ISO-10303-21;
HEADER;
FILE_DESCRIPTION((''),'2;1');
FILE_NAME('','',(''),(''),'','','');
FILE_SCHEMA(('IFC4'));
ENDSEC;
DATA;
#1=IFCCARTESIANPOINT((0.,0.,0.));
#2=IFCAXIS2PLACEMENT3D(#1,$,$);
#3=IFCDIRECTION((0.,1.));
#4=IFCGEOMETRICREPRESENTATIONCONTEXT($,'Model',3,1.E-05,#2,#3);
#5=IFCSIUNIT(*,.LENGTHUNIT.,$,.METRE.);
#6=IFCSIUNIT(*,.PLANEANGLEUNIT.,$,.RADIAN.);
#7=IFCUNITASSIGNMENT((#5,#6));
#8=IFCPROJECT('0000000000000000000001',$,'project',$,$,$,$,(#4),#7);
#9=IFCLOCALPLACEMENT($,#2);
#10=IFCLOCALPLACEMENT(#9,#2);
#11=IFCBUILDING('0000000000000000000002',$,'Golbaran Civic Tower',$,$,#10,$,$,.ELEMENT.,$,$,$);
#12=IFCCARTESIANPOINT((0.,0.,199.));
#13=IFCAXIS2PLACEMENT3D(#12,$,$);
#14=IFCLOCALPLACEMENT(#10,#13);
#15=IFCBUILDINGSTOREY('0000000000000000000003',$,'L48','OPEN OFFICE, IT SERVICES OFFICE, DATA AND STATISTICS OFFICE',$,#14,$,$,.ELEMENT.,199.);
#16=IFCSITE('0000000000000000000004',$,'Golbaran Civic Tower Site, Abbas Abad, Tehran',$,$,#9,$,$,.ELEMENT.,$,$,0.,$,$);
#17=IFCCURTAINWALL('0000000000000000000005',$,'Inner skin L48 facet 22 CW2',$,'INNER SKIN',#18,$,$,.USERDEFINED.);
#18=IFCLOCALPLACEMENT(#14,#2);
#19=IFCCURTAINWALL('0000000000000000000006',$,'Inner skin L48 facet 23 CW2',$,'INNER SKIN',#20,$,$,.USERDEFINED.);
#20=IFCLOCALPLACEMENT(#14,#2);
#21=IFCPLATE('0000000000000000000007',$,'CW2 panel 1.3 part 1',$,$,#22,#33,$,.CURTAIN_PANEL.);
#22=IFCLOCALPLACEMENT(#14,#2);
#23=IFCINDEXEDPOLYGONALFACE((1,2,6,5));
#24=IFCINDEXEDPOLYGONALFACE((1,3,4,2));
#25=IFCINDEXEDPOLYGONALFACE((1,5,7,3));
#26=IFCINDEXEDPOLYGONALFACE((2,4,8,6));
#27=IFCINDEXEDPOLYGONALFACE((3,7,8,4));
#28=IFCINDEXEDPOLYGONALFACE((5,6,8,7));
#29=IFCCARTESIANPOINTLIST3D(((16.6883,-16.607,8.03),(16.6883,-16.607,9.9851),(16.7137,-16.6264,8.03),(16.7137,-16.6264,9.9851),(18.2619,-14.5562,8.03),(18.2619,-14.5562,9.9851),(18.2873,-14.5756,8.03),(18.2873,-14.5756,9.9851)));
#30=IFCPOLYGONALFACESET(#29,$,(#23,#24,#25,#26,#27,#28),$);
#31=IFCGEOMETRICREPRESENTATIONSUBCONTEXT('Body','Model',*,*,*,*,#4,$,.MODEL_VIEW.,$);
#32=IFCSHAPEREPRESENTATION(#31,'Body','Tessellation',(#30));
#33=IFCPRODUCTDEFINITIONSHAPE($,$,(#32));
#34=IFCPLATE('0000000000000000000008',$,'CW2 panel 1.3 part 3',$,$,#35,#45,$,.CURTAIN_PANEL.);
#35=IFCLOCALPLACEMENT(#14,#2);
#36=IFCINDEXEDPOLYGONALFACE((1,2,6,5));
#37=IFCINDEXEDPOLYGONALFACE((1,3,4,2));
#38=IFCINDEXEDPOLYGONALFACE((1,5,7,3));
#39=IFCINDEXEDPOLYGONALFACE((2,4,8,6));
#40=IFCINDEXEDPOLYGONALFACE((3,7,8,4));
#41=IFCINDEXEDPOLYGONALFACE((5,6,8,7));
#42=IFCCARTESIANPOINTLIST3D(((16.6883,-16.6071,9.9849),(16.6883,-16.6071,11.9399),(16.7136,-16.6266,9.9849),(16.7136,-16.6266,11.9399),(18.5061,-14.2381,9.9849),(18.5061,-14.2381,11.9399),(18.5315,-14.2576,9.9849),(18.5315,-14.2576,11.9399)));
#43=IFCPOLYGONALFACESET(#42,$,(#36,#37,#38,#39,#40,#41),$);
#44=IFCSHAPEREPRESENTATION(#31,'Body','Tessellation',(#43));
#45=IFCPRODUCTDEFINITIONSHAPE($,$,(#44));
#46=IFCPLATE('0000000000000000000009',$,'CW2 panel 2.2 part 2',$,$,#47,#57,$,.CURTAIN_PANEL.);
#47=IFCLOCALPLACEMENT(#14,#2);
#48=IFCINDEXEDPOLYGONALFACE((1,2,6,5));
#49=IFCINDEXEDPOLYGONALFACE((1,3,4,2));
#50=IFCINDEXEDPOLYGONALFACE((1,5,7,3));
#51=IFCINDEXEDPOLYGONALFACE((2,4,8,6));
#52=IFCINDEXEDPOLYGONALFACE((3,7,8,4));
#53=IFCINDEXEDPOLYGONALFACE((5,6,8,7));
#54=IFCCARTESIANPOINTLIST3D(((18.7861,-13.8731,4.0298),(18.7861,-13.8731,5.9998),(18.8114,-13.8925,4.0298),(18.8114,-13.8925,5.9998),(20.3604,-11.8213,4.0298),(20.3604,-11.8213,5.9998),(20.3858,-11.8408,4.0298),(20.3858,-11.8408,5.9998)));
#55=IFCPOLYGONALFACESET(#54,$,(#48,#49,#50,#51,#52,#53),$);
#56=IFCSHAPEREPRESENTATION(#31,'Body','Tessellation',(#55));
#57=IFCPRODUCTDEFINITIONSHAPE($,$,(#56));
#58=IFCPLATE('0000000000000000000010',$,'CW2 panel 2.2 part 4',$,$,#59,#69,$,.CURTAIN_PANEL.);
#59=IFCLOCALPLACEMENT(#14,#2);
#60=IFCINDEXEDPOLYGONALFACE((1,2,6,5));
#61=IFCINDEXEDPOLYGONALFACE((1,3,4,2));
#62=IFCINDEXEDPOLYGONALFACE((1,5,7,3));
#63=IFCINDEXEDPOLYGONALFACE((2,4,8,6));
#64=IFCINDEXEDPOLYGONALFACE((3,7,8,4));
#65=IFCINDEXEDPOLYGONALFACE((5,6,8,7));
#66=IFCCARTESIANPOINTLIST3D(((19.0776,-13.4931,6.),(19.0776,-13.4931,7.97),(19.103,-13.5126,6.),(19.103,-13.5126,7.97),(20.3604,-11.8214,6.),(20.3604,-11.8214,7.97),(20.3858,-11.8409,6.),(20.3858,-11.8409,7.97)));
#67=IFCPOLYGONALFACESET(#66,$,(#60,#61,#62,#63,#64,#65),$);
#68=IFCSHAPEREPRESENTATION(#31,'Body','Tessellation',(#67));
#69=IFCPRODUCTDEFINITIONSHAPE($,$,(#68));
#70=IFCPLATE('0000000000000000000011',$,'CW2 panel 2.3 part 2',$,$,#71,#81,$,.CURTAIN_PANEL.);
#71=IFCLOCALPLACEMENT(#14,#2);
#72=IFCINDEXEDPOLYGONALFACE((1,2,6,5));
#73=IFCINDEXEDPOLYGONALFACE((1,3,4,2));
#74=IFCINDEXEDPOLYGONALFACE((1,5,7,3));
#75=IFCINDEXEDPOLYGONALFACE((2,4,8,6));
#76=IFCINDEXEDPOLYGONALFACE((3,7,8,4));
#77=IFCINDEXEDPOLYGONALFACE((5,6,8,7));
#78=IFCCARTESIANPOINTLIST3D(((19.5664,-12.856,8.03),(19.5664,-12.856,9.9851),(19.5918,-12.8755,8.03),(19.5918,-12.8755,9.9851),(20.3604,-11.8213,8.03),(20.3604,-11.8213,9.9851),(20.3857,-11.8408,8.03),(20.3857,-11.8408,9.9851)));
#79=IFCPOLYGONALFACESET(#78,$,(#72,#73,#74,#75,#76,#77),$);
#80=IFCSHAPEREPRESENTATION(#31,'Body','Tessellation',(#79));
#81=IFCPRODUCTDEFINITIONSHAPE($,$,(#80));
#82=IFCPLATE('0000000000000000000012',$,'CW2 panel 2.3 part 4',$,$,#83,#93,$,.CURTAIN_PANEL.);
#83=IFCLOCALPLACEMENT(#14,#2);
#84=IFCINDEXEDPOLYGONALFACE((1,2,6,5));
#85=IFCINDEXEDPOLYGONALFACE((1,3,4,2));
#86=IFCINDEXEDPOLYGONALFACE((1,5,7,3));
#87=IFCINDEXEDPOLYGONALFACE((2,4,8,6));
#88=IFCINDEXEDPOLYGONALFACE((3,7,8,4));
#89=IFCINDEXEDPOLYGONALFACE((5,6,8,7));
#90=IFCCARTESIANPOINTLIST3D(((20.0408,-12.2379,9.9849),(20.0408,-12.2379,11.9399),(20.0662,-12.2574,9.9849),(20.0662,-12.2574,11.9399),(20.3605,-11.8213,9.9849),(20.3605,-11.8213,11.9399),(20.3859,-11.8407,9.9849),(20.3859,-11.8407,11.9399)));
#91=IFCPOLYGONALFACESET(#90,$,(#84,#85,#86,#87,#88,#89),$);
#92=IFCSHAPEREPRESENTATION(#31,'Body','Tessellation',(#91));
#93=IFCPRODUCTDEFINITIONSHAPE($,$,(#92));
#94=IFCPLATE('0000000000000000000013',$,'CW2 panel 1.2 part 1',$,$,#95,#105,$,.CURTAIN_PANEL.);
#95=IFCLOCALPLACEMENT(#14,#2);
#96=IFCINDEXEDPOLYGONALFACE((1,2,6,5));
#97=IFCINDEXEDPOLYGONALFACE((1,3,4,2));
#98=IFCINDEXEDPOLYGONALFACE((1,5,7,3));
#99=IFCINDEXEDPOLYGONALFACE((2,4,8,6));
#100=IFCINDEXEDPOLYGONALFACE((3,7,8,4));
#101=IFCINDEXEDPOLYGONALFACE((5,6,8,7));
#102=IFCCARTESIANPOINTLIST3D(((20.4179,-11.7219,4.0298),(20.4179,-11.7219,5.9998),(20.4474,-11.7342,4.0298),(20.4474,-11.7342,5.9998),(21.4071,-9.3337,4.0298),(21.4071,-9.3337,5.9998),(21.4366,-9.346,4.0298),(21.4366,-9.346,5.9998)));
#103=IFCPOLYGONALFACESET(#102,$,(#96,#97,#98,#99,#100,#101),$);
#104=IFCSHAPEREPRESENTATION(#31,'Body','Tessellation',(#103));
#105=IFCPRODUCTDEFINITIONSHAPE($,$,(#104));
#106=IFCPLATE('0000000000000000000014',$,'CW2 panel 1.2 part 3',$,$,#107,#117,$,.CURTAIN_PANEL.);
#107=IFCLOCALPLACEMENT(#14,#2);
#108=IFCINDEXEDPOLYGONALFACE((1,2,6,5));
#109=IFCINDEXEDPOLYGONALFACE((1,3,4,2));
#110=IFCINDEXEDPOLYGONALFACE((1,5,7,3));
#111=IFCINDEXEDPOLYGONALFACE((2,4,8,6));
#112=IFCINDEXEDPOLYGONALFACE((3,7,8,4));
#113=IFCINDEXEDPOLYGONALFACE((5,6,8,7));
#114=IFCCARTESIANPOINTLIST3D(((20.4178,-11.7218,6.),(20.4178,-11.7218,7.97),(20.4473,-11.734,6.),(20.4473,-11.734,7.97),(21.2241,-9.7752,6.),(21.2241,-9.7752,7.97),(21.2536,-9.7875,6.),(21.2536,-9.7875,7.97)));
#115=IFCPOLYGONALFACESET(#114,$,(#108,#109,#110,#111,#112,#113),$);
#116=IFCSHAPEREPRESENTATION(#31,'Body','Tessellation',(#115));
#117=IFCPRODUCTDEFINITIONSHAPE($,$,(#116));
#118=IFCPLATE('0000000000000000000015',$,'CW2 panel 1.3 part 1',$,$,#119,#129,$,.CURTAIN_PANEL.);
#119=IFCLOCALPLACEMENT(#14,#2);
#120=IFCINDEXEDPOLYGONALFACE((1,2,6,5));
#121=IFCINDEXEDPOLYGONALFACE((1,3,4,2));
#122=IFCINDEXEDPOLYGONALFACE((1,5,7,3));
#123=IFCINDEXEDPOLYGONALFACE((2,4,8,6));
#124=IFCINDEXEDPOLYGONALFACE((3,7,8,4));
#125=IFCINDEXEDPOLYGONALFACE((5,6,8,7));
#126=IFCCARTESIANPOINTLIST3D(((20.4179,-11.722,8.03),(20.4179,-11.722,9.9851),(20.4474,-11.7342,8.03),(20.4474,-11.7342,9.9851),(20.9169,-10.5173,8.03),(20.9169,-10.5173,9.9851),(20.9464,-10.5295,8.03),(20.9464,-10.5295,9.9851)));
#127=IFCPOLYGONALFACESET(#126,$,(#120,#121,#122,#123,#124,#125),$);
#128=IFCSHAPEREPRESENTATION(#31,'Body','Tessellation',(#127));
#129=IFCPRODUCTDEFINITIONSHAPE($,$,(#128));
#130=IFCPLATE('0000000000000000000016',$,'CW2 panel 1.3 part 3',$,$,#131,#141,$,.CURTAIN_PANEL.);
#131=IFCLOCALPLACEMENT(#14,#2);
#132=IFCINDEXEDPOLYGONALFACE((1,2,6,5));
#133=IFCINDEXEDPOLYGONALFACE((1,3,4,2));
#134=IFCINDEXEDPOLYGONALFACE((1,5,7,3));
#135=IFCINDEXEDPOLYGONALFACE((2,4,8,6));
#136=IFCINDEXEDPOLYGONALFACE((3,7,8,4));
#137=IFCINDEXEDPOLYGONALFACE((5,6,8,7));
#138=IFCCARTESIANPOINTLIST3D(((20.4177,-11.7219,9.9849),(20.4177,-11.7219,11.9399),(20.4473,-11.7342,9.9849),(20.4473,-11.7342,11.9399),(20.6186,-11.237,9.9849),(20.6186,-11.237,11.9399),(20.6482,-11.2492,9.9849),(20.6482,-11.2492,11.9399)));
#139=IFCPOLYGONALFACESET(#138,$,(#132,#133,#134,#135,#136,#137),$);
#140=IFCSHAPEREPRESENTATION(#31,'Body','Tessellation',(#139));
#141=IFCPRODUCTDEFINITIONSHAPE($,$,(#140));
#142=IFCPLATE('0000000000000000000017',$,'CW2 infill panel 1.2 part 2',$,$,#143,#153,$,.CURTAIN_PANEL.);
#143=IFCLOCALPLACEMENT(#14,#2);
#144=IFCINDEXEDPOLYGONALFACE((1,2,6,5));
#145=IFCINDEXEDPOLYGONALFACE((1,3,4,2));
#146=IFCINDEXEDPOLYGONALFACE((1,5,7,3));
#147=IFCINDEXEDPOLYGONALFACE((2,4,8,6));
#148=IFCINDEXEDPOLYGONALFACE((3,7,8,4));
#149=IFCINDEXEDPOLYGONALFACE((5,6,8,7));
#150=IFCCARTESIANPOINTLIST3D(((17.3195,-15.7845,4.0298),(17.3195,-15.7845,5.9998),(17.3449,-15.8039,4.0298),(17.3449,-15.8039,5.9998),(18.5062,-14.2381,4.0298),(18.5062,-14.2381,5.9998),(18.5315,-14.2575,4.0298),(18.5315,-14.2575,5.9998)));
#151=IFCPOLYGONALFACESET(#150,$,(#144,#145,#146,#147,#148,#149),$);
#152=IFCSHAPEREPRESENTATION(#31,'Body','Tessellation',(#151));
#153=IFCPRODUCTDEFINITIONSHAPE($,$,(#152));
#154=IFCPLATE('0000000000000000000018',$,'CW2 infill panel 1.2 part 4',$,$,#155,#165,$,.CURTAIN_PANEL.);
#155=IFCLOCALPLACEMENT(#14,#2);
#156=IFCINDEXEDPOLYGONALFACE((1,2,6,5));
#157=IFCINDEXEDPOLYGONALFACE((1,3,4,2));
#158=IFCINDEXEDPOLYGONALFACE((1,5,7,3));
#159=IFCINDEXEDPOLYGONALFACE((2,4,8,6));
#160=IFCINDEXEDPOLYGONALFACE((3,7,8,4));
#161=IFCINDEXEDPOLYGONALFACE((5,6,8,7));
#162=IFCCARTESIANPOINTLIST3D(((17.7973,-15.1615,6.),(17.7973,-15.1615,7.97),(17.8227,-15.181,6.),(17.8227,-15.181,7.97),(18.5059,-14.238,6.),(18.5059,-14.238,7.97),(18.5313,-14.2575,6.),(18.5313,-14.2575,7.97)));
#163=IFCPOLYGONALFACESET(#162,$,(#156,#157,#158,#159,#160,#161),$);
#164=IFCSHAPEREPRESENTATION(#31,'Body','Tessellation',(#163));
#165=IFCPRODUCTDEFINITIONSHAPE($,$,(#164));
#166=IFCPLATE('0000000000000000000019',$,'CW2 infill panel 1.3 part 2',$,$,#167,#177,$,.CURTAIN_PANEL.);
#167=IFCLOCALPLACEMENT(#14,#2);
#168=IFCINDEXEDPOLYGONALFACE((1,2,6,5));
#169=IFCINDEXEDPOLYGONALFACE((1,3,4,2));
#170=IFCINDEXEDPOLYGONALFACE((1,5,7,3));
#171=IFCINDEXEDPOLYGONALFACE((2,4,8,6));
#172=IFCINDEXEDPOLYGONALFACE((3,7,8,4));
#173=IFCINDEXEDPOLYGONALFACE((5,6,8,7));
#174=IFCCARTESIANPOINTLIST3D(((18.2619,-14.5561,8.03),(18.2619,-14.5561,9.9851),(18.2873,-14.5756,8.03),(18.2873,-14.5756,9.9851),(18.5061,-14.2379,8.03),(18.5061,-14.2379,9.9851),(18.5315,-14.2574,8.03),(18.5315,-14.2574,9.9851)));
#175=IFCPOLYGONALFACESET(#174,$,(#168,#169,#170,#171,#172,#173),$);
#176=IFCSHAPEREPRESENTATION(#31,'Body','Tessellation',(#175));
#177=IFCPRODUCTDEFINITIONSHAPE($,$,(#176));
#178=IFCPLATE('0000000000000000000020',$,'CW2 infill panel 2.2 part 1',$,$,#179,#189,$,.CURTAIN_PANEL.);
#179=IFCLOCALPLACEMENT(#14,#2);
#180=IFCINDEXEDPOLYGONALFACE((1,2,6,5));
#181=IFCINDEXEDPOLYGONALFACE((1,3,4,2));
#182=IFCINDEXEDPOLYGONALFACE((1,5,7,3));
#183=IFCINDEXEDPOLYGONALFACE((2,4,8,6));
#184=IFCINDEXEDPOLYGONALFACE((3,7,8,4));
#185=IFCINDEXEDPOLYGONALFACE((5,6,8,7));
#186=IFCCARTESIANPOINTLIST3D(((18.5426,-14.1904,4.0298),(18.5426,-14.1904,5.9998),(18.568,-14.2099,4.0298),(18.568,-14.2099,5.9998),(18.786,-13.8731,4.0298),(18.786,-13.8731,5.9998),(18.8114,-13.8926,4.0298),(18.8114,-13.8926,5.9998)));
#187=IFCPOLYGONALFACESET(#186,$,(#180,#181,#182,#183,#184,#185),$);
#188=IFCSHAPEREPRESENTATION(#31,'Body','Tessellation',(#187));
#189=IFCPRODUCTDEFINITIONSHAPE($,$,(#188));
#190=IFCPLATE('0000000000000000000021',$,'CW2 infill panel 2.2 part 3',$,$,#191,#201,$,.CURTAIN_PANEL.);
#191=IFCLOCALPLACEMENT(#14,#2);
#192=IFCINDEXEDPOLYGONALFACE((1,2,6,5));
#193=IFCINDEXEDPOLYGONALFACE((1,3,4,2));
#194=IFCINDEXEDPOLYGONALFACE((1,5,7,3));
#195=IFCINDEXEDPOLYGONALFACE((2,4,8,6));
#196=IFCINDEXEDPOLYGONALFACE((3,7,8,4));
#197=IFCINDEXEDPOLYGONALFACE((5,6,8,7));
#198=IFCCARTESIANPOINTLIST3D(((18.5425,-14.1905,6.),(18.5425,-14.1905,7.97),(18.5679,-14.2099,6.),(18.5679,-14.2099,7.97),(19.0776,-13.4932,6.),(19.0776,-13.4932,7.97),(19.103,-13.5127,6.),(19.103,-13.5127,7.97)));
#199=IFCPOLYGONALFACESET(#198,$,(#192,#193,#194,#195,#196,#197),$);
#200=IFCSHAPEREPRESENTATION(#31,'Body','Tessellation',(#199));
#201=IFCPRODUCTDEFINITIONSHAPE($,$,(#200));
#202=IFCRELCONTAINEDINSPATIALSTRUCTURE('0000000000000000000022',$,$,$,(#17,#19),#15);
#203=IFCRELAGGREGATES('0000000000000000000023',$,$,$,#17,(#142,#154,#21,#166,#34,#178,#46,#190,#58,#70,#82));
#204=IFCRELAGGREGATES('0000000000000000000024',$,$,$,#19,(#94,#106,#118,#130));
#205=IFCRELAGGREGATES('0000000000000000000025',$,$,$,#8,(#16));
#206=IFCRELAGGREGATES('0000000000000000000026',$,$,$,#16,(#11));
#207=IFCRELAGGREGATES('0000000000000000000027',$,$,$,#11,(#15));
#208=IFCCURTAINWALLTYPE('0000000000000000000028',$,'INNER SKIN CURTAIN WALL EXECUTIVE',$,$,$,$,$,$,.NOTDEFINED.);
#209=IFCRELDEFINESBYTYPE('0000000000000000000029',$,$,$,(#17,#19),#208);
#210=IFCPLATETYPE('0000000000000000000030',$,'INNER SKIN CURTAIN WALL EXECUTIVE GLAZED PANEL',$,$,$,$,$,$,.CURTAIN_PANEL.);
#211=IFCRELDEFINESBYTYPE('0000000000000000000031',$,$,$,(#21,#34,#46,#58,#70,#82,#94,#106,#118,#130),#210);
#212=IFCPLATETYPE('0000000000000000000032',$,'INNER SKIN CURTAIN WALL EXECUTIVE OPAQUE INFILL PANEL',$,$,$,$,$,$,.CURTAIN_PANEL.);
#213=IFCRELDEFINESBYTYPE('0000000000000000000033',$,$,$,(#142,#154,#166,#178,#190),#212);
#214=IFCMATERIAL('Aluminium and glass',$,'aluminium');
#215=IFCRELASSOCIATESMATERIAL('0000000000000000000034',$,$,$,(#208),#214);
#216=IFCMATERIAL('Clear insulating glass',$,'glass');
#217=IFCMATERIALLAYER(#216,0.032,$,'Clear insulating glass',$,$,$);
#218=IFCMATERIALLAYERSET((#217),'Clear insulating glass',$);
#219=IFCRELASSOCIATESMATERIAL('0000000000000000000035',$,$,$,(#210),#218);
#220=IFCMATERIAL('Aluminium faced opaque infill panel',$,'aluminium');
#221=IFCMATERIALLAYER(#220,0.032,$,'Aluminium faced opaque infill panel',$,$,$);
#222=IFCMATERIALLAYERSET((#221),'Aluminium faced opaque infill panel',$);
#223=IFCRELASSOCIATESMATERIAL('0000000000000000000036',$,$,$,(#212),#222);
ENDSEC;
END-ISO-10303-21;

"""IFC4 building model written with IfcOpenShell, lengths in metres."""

from ifc_helpers import new_model, si_unit, direction, frame, origin, origin_2d, place, context, subcontext, project, spatial, rectangle, extrude, material, layer, layer_set, type_object, element, aggregate, save


model = new_model("IFC4")

# Units and contexts
model_context = context("Model", 3, precision=1e-05, world=origin(), true_north=direction((0.0, 1.0)))
body_context = subcontext(model_context, "Body", "Model", "MODEL_VIEW")
ifc_project = project(units=[si_unit("LENGTHUNIT", "METRE"), si_unit("PLANEANGLEUNIT", "RADIAN")], contexts=[model_context])

# Site, building, storey
site_placement = place(None, origin())
site = spatial("IfcSite", under=ifc_project, at=site_placement, Name="Golbaran Civic Tower Site, Abbas Abad, Tehran", CompositionType="ELEMENT", RefElevation=0.0)
building_placement = place(site_placement, origin())
building = spatial("IfcBuilding", under=site, at=building_placement, Name="Golbaran Civic Tower", CompositionType="ELEMENT")
storey_placement = place(building_placement, frame((0.0, 0.0, 199.0)))
storey = spatial("IfcBuildingStorey", under=building, at=storey_placement, Name="L48", Description="OPEN OFFICE, IT SERVICES OFFICE, DATA AND STATISTICS OFFICE", CompositionType="ELEMENT", Elevation=199.0)

# Curtain walls
ifc_material_1 = material(Name="Aluminium and glass", Category="aluminium")
curtain_wall_type_1 = type_object("IfcCurtainWallType", Name="INNER SKIN CURTAIN WALL EXECUTIVE", PredefinedType="NOTDEFINED", material=ifc_material_1)
curtain_wall_1_placement = place(storey_placement, origin())
curtain_wall_1 = element("IfcCurtainWall", 1, at=curtain_wall_1_placement, inside=storey, type_object=curtain_wall_type_1, Name="Inner skin L48 facet 22 CW2", ObjectType="INNER SKIN", PredefinedType="USERDEFINED")
curtain_wall_2_placement = place(storey_placement, origin())
curtain_wall_2 = element("IfcCurtainWall", 2, at=curtain_wall_2_placement, inside=storey, type_object=curtain_wall_type_1, Name="Inner skin L48 facet 23 CW2", ObjectType="INNER SKIN", PredefinedType="USERDEFINED")

# Shared definitions
ifc_material_2 = material(Name="Clear insulating glass", Category="glass")
ifc_layer_1 = layer(ifc_material_2, 0.032, Name="Clear insulating glass")
ifc_layer_set_1 = layer_set([ifc_layer_1], Name="Clear insulating glass")
plate_type_1 = type_object("IfcPlateType", Name="INNER SKIN CURTAIN WALL EXECUTIVE GLAZED PANEL", PredefinedType="CURTAIN_PANEL", material=ifc_layer_set_1)

# Plates
plate_1_placement = place(storey_placement, frame((17.4878, -15.5913, 8.03), z_axis=(0.0, 0.0, 1.0), x_axis=(0.608761, 0.793353, 0.0)))
plate_1 = element("IfcPlate", 3, at=plate_1_placement, type_object=plate_type_1, Name="CW2 panel 1.3 part 1", PredefinedType="CURTAIN_PANEL", context=body_context, shape_type="SweptSolid", body=[
    extrude(rectangle(XDim=2.585, YDim=0.032, at=origin_2d()), origin(), (0.0, 0.0, 1.0), 1.9551),
])
plate_2_placement = place(storey_placement, frame((17.6099, -15.4324, 9.9849), z_axis=(0.0, 0.0, 1.0), x_axis=(0.608761, 0.793353, 0.0)))
plate_2 = element("IfcPlate", 4, at=plate_2_placement, type_object=plate_type_1, Name="CW2 panel 1.3 part 3", PredefinedType="CURTAIN_PANEL", context=body_context, shape_type="SweptSolid", body=[
    extrude(rectangle(XDim=2.9861, YDim=0.032, at=origin_2d()), origin(), (0.0, 0.0, 1.0), 1.9551),
])
plate_3_placement = place(storey_placement, frame((19.5859, -12.8569, 4.0298), z_axis=(0.0, 0.0, 1.0), x_axis=(0.608761, 0.793353, 0.0)))
plate_3 = element("IfcPlate", 5, at=plate_3_placement, type_object=plate_type_1, Name="CW2 panel 2.2 part 2", PredefinedType="CURTAIN_PANEL", context=body_context, shape_type="SweptSolid", body=[
    extrude(rectangle(XDim=2.5862, YDim=0.032, at=origin_2d()), origin(), (0.0, 0.0, 1.0), 1.97),
])
plate_4_placement = place(storey_placement, frame((19.7317, -12.667, 6.0), z_axis=(0.0, 0.0, 1.0), x_axis=(0.608761, 0.793353, 0.0)))
plate_4 = element("IfcPlate", 6, at=plate_4_placement, type_object=plate_type_1, Name="CW2 panel 2.2 part 4", PredefinedType="CURTAIN_PANEL", context=body_context, shape_type="SweptSolid", body=[
    extrude(rectangle(XDim=2.1072, YDim=0.032, at=origin_2d()), origin(), (0.0, 0.0, 1.0), 1.97),
])
plate_5_placement = place(storey_placement, frame((19.9761, -12.3484, 8.03), z_axis=(0.0, 0.0, 1.0), x_axis=(0.608761, 0.793353, 0.0)))
plate_5 = element("IfcPlate", 7, at=plate_5_placement, type_object=plate_type_1, Name="CW2 panel 2.3 part 2", PredefinedType="CURTAIN_PANEL", context=body_context, shape_type="SweptSolid", body=[
    extrude(rectangle(XDim=1.3042, YDim=0.032, at=origin_2d()), origin(), (0.0, 0.0, 1.0), 1.9551),
])
plate_6_placement = place(storey_placement, frame((20.2134, -12.0393, 9.9849), z_axis=(0.0, 0.0, 1.0), x_axis=(0.608761, 0.793353, 0.0)))
plate_6 = element("IfcPlate", 8, at=plate_6_placement, type_object=plate_type_1, Name="CW2 panel 2.3 part 4", PredefinedType="CURTAIN_PANEL", context=body_context, shape_type="SweptSolid", body=[
    extrude(rectangle(XDim=0.5251, YDim=0.032, at=origin_2d()), origin(), (0.0, 0.0, 1.0), 1.9551),
])
plate_7_placement = place(storey_placement, frame((20.9272, -10.5339, 4.0298), z_axis=(0.0, 0.0, 1.0), x_axis=(0.382683, 0.92388, 0.0)))
plate_7 = element("IfcPlate", 9, at=plate_7_placement, type_object=plate_type_1, Name="CW2 panel 1.2 part 1", PredefinedType="CURTAIN_PANEL", context=body_context, shape_type="SweptSolid", body=[
    extrude(rectangle(XDim=2.585, YDim=0.032, at=origin_2d()), origin(), (0.0, 0.0, 1.0), 1.97),
])
plate_8_placement = place(storey_placement, frame((20.8357, -10.7546, 6.0), z_axis=(0.0, 0.0, 1.0), x_axis=(0.382683, 0.92388, 0.0)))
plate_8 = element("IfcPlate", 10, at=plate_8_placement, type_object=plate_type_1, Name="CW2 panel 1.2 part 3", PredefinedType="CURTAIN_PANEL", context=body_context, shape_type="SweptSolid", body=[
    extrude(rectangle(XDim=2.1069, YDim=0.032, at=origin_2d()), origin(), (0.0, 0.0, 1.0), 1.97),
])
plate_9_placement = place(storey_placement, frame((20.6821, -11.1257, 8.03), z_axis=(0.0, 0.0, 1.0), x_axis=(0.382683, 0.92388, 0.0)))
plate_9 = element("IfcPlate", 11, at=plate_9_placement, type_object=plate_type_1, Name="CW2 panel 1.3 part 1", PredefinedType="CURTAIN_PANEL", context=body_context, shape_type="SweptSolid", body=[
    extrude(rectangle(XDim=1.304, YDim=0.032, at=origin_2d()), origin(), (0.0, 0.0, 1.0), 1.9551),
])
plate_10_placement = place(storey_placement, frame((20.533, -11.4856, 9.9849), z_axis=(0.0, 0.0, 1.0), x_axis=(0.382683, 0.92388, 0.0)))
plate_10 = element("IfcPlate", 12, at=plate_10_placement, type_object=plate_type_1, Name="CW2 panel 1.3 part 3", PredefinedType="CURTAIN_PANEL", context=body_context, shape_type="SweptSolid", body=[
    extrude(rectangle(XDim=0.5249, YDim=0.032, at=origin_2d()), origin(), (0.0, 0.0, 1.0), 1.9551),
])
ifc_material_3 = material(Name="Aluminium faced opaque infill panel", Category="aluminium")
ifc_layer_2 = layer(ifc_material_3, 0.032, Name="Aluminium faced opaque infill panel")
ifc_layer_set_2 = layer_set([ifc_layer_2], Name="Aluminium faced opaque infill panel")
plate_type_2 = type_object("IfcPlateType", Name="INNER SKIN CURTAIN WALL EXECUTIVE OPAQUE INFILL PANEL", PredefinedType="CURTAIN_PANEL", material=ifc_layer_set_2)
plate_11_placement = place(storey_placement, frame((17.9255, -15.021, 4.0298), z_axis=(0.0, 0.0, 1.0), x_axis=(0.608761, 0.793353, 0.0)))
plate_11 = element("IfcPlate", 13, at=plate_11_placement, type_object=plate_type_2, Name="CW2 infill panel 1.2 part 2", PredefinedType="CURTAIN_PANEL", context=body_context, shape_type="SweptSolid", body=[
    extrude(rectangle(XDim=1.9492, YDim=0.032, at=origin_2d()), origin(), (0.0, 0.0, 1.0), 1.97),
])
plate_12_placement = place(storey_placement, frame((18.1643, -14.7095, 6.0), z_axis=(0.0, 0.0, 1.0), x_axis=(0.608761, 0.793353, 0.0)))
plate_12 = element("IfcPlate", 14, at=plate_12_placement, type_object=plate_type_2, Name="CW2 infill panel 1.2 part 4", PredefinedType="CURTAIN_PANEL", context=body_context, shape_type="SweptSolid", body=[
    extrude(rectangle(XDim=1.1641, YDim=0.032, at=origin_2d()), origin(), (0.0, 0.0, 1.0), 1.97),
])
plate_13_placement = place(storey_placement, frame((18.3967, -14.4067, 8.03), z_axis=(0.0, 0.0, 1.0), x_axis=(0.608761, 0.793353, 0.0)))
plate_13 = element("IfcPlate", 15, at=plate_13_placement, type_object=plate_type_2, Name="CW2 infill panel 1.3 part 2", PredefinedType="CURTAIN_PANEL", context=body_context, shape_type="SweptSolid", body=[
    extrude(rectangle(XDim=0.4011, YDim=0.032, at=origin_2d()), origin(), (0.0, 0.0, 1.0), 1.9551),
])
plate_14_placement = place(storey_placement, frame((18.677, -14.0415, 4.0298), z_axis=(0.0, 0.0, 1.0), x_axis=(0.608761, 0.793353, 0.0)))
plate_14 = element("IfcPlate", 16, at=plate_14_placement, type_object=plate_type_2, Name="CW2 infill panel 2.2 part 1", PredefinedType="CURTAIN_PANEL", context=body_context, shape_type="SweptSolid", body=[
    extrude(rectangle(XDim=0.3999, YDim=0.032, at=origin_2d()), origin(), (0.0, 0.0, 1.0), 1.97),
])
plate_15_placement = place(storey_placement, frame((18.8228, -13.8516, 6.0), z_axis=(0.0, 0.0, 1.0), x_axis=(0.608761, 0.793353, 0.0)))
plate_15 = element("IfcPlate", 17, at=plate_15_placement, type_object=plate_type_2, Name="CW2 infill panel 2.2 part 3", PredefinedType="CURTAIN_PANEL", context=body_context, shape_type="SweptSolid", body=[
    extrude(rectangle(XDim=0.8789, YDim=0.032, at=origin_2d()), origin(), (0.0, 0.0, 1.0), 1.97),
])
aggregate(curtain_wall_1, [plate_11, plate_12, plate_1, plate_13, plate_2, plate_14, plate_3, plate_15, plate_4, plate_5, plate_6])
aggregate(curtain_wall_2, [plate_7, plate_8, plate_9, plate_10])

save(model, "model.ifc")
